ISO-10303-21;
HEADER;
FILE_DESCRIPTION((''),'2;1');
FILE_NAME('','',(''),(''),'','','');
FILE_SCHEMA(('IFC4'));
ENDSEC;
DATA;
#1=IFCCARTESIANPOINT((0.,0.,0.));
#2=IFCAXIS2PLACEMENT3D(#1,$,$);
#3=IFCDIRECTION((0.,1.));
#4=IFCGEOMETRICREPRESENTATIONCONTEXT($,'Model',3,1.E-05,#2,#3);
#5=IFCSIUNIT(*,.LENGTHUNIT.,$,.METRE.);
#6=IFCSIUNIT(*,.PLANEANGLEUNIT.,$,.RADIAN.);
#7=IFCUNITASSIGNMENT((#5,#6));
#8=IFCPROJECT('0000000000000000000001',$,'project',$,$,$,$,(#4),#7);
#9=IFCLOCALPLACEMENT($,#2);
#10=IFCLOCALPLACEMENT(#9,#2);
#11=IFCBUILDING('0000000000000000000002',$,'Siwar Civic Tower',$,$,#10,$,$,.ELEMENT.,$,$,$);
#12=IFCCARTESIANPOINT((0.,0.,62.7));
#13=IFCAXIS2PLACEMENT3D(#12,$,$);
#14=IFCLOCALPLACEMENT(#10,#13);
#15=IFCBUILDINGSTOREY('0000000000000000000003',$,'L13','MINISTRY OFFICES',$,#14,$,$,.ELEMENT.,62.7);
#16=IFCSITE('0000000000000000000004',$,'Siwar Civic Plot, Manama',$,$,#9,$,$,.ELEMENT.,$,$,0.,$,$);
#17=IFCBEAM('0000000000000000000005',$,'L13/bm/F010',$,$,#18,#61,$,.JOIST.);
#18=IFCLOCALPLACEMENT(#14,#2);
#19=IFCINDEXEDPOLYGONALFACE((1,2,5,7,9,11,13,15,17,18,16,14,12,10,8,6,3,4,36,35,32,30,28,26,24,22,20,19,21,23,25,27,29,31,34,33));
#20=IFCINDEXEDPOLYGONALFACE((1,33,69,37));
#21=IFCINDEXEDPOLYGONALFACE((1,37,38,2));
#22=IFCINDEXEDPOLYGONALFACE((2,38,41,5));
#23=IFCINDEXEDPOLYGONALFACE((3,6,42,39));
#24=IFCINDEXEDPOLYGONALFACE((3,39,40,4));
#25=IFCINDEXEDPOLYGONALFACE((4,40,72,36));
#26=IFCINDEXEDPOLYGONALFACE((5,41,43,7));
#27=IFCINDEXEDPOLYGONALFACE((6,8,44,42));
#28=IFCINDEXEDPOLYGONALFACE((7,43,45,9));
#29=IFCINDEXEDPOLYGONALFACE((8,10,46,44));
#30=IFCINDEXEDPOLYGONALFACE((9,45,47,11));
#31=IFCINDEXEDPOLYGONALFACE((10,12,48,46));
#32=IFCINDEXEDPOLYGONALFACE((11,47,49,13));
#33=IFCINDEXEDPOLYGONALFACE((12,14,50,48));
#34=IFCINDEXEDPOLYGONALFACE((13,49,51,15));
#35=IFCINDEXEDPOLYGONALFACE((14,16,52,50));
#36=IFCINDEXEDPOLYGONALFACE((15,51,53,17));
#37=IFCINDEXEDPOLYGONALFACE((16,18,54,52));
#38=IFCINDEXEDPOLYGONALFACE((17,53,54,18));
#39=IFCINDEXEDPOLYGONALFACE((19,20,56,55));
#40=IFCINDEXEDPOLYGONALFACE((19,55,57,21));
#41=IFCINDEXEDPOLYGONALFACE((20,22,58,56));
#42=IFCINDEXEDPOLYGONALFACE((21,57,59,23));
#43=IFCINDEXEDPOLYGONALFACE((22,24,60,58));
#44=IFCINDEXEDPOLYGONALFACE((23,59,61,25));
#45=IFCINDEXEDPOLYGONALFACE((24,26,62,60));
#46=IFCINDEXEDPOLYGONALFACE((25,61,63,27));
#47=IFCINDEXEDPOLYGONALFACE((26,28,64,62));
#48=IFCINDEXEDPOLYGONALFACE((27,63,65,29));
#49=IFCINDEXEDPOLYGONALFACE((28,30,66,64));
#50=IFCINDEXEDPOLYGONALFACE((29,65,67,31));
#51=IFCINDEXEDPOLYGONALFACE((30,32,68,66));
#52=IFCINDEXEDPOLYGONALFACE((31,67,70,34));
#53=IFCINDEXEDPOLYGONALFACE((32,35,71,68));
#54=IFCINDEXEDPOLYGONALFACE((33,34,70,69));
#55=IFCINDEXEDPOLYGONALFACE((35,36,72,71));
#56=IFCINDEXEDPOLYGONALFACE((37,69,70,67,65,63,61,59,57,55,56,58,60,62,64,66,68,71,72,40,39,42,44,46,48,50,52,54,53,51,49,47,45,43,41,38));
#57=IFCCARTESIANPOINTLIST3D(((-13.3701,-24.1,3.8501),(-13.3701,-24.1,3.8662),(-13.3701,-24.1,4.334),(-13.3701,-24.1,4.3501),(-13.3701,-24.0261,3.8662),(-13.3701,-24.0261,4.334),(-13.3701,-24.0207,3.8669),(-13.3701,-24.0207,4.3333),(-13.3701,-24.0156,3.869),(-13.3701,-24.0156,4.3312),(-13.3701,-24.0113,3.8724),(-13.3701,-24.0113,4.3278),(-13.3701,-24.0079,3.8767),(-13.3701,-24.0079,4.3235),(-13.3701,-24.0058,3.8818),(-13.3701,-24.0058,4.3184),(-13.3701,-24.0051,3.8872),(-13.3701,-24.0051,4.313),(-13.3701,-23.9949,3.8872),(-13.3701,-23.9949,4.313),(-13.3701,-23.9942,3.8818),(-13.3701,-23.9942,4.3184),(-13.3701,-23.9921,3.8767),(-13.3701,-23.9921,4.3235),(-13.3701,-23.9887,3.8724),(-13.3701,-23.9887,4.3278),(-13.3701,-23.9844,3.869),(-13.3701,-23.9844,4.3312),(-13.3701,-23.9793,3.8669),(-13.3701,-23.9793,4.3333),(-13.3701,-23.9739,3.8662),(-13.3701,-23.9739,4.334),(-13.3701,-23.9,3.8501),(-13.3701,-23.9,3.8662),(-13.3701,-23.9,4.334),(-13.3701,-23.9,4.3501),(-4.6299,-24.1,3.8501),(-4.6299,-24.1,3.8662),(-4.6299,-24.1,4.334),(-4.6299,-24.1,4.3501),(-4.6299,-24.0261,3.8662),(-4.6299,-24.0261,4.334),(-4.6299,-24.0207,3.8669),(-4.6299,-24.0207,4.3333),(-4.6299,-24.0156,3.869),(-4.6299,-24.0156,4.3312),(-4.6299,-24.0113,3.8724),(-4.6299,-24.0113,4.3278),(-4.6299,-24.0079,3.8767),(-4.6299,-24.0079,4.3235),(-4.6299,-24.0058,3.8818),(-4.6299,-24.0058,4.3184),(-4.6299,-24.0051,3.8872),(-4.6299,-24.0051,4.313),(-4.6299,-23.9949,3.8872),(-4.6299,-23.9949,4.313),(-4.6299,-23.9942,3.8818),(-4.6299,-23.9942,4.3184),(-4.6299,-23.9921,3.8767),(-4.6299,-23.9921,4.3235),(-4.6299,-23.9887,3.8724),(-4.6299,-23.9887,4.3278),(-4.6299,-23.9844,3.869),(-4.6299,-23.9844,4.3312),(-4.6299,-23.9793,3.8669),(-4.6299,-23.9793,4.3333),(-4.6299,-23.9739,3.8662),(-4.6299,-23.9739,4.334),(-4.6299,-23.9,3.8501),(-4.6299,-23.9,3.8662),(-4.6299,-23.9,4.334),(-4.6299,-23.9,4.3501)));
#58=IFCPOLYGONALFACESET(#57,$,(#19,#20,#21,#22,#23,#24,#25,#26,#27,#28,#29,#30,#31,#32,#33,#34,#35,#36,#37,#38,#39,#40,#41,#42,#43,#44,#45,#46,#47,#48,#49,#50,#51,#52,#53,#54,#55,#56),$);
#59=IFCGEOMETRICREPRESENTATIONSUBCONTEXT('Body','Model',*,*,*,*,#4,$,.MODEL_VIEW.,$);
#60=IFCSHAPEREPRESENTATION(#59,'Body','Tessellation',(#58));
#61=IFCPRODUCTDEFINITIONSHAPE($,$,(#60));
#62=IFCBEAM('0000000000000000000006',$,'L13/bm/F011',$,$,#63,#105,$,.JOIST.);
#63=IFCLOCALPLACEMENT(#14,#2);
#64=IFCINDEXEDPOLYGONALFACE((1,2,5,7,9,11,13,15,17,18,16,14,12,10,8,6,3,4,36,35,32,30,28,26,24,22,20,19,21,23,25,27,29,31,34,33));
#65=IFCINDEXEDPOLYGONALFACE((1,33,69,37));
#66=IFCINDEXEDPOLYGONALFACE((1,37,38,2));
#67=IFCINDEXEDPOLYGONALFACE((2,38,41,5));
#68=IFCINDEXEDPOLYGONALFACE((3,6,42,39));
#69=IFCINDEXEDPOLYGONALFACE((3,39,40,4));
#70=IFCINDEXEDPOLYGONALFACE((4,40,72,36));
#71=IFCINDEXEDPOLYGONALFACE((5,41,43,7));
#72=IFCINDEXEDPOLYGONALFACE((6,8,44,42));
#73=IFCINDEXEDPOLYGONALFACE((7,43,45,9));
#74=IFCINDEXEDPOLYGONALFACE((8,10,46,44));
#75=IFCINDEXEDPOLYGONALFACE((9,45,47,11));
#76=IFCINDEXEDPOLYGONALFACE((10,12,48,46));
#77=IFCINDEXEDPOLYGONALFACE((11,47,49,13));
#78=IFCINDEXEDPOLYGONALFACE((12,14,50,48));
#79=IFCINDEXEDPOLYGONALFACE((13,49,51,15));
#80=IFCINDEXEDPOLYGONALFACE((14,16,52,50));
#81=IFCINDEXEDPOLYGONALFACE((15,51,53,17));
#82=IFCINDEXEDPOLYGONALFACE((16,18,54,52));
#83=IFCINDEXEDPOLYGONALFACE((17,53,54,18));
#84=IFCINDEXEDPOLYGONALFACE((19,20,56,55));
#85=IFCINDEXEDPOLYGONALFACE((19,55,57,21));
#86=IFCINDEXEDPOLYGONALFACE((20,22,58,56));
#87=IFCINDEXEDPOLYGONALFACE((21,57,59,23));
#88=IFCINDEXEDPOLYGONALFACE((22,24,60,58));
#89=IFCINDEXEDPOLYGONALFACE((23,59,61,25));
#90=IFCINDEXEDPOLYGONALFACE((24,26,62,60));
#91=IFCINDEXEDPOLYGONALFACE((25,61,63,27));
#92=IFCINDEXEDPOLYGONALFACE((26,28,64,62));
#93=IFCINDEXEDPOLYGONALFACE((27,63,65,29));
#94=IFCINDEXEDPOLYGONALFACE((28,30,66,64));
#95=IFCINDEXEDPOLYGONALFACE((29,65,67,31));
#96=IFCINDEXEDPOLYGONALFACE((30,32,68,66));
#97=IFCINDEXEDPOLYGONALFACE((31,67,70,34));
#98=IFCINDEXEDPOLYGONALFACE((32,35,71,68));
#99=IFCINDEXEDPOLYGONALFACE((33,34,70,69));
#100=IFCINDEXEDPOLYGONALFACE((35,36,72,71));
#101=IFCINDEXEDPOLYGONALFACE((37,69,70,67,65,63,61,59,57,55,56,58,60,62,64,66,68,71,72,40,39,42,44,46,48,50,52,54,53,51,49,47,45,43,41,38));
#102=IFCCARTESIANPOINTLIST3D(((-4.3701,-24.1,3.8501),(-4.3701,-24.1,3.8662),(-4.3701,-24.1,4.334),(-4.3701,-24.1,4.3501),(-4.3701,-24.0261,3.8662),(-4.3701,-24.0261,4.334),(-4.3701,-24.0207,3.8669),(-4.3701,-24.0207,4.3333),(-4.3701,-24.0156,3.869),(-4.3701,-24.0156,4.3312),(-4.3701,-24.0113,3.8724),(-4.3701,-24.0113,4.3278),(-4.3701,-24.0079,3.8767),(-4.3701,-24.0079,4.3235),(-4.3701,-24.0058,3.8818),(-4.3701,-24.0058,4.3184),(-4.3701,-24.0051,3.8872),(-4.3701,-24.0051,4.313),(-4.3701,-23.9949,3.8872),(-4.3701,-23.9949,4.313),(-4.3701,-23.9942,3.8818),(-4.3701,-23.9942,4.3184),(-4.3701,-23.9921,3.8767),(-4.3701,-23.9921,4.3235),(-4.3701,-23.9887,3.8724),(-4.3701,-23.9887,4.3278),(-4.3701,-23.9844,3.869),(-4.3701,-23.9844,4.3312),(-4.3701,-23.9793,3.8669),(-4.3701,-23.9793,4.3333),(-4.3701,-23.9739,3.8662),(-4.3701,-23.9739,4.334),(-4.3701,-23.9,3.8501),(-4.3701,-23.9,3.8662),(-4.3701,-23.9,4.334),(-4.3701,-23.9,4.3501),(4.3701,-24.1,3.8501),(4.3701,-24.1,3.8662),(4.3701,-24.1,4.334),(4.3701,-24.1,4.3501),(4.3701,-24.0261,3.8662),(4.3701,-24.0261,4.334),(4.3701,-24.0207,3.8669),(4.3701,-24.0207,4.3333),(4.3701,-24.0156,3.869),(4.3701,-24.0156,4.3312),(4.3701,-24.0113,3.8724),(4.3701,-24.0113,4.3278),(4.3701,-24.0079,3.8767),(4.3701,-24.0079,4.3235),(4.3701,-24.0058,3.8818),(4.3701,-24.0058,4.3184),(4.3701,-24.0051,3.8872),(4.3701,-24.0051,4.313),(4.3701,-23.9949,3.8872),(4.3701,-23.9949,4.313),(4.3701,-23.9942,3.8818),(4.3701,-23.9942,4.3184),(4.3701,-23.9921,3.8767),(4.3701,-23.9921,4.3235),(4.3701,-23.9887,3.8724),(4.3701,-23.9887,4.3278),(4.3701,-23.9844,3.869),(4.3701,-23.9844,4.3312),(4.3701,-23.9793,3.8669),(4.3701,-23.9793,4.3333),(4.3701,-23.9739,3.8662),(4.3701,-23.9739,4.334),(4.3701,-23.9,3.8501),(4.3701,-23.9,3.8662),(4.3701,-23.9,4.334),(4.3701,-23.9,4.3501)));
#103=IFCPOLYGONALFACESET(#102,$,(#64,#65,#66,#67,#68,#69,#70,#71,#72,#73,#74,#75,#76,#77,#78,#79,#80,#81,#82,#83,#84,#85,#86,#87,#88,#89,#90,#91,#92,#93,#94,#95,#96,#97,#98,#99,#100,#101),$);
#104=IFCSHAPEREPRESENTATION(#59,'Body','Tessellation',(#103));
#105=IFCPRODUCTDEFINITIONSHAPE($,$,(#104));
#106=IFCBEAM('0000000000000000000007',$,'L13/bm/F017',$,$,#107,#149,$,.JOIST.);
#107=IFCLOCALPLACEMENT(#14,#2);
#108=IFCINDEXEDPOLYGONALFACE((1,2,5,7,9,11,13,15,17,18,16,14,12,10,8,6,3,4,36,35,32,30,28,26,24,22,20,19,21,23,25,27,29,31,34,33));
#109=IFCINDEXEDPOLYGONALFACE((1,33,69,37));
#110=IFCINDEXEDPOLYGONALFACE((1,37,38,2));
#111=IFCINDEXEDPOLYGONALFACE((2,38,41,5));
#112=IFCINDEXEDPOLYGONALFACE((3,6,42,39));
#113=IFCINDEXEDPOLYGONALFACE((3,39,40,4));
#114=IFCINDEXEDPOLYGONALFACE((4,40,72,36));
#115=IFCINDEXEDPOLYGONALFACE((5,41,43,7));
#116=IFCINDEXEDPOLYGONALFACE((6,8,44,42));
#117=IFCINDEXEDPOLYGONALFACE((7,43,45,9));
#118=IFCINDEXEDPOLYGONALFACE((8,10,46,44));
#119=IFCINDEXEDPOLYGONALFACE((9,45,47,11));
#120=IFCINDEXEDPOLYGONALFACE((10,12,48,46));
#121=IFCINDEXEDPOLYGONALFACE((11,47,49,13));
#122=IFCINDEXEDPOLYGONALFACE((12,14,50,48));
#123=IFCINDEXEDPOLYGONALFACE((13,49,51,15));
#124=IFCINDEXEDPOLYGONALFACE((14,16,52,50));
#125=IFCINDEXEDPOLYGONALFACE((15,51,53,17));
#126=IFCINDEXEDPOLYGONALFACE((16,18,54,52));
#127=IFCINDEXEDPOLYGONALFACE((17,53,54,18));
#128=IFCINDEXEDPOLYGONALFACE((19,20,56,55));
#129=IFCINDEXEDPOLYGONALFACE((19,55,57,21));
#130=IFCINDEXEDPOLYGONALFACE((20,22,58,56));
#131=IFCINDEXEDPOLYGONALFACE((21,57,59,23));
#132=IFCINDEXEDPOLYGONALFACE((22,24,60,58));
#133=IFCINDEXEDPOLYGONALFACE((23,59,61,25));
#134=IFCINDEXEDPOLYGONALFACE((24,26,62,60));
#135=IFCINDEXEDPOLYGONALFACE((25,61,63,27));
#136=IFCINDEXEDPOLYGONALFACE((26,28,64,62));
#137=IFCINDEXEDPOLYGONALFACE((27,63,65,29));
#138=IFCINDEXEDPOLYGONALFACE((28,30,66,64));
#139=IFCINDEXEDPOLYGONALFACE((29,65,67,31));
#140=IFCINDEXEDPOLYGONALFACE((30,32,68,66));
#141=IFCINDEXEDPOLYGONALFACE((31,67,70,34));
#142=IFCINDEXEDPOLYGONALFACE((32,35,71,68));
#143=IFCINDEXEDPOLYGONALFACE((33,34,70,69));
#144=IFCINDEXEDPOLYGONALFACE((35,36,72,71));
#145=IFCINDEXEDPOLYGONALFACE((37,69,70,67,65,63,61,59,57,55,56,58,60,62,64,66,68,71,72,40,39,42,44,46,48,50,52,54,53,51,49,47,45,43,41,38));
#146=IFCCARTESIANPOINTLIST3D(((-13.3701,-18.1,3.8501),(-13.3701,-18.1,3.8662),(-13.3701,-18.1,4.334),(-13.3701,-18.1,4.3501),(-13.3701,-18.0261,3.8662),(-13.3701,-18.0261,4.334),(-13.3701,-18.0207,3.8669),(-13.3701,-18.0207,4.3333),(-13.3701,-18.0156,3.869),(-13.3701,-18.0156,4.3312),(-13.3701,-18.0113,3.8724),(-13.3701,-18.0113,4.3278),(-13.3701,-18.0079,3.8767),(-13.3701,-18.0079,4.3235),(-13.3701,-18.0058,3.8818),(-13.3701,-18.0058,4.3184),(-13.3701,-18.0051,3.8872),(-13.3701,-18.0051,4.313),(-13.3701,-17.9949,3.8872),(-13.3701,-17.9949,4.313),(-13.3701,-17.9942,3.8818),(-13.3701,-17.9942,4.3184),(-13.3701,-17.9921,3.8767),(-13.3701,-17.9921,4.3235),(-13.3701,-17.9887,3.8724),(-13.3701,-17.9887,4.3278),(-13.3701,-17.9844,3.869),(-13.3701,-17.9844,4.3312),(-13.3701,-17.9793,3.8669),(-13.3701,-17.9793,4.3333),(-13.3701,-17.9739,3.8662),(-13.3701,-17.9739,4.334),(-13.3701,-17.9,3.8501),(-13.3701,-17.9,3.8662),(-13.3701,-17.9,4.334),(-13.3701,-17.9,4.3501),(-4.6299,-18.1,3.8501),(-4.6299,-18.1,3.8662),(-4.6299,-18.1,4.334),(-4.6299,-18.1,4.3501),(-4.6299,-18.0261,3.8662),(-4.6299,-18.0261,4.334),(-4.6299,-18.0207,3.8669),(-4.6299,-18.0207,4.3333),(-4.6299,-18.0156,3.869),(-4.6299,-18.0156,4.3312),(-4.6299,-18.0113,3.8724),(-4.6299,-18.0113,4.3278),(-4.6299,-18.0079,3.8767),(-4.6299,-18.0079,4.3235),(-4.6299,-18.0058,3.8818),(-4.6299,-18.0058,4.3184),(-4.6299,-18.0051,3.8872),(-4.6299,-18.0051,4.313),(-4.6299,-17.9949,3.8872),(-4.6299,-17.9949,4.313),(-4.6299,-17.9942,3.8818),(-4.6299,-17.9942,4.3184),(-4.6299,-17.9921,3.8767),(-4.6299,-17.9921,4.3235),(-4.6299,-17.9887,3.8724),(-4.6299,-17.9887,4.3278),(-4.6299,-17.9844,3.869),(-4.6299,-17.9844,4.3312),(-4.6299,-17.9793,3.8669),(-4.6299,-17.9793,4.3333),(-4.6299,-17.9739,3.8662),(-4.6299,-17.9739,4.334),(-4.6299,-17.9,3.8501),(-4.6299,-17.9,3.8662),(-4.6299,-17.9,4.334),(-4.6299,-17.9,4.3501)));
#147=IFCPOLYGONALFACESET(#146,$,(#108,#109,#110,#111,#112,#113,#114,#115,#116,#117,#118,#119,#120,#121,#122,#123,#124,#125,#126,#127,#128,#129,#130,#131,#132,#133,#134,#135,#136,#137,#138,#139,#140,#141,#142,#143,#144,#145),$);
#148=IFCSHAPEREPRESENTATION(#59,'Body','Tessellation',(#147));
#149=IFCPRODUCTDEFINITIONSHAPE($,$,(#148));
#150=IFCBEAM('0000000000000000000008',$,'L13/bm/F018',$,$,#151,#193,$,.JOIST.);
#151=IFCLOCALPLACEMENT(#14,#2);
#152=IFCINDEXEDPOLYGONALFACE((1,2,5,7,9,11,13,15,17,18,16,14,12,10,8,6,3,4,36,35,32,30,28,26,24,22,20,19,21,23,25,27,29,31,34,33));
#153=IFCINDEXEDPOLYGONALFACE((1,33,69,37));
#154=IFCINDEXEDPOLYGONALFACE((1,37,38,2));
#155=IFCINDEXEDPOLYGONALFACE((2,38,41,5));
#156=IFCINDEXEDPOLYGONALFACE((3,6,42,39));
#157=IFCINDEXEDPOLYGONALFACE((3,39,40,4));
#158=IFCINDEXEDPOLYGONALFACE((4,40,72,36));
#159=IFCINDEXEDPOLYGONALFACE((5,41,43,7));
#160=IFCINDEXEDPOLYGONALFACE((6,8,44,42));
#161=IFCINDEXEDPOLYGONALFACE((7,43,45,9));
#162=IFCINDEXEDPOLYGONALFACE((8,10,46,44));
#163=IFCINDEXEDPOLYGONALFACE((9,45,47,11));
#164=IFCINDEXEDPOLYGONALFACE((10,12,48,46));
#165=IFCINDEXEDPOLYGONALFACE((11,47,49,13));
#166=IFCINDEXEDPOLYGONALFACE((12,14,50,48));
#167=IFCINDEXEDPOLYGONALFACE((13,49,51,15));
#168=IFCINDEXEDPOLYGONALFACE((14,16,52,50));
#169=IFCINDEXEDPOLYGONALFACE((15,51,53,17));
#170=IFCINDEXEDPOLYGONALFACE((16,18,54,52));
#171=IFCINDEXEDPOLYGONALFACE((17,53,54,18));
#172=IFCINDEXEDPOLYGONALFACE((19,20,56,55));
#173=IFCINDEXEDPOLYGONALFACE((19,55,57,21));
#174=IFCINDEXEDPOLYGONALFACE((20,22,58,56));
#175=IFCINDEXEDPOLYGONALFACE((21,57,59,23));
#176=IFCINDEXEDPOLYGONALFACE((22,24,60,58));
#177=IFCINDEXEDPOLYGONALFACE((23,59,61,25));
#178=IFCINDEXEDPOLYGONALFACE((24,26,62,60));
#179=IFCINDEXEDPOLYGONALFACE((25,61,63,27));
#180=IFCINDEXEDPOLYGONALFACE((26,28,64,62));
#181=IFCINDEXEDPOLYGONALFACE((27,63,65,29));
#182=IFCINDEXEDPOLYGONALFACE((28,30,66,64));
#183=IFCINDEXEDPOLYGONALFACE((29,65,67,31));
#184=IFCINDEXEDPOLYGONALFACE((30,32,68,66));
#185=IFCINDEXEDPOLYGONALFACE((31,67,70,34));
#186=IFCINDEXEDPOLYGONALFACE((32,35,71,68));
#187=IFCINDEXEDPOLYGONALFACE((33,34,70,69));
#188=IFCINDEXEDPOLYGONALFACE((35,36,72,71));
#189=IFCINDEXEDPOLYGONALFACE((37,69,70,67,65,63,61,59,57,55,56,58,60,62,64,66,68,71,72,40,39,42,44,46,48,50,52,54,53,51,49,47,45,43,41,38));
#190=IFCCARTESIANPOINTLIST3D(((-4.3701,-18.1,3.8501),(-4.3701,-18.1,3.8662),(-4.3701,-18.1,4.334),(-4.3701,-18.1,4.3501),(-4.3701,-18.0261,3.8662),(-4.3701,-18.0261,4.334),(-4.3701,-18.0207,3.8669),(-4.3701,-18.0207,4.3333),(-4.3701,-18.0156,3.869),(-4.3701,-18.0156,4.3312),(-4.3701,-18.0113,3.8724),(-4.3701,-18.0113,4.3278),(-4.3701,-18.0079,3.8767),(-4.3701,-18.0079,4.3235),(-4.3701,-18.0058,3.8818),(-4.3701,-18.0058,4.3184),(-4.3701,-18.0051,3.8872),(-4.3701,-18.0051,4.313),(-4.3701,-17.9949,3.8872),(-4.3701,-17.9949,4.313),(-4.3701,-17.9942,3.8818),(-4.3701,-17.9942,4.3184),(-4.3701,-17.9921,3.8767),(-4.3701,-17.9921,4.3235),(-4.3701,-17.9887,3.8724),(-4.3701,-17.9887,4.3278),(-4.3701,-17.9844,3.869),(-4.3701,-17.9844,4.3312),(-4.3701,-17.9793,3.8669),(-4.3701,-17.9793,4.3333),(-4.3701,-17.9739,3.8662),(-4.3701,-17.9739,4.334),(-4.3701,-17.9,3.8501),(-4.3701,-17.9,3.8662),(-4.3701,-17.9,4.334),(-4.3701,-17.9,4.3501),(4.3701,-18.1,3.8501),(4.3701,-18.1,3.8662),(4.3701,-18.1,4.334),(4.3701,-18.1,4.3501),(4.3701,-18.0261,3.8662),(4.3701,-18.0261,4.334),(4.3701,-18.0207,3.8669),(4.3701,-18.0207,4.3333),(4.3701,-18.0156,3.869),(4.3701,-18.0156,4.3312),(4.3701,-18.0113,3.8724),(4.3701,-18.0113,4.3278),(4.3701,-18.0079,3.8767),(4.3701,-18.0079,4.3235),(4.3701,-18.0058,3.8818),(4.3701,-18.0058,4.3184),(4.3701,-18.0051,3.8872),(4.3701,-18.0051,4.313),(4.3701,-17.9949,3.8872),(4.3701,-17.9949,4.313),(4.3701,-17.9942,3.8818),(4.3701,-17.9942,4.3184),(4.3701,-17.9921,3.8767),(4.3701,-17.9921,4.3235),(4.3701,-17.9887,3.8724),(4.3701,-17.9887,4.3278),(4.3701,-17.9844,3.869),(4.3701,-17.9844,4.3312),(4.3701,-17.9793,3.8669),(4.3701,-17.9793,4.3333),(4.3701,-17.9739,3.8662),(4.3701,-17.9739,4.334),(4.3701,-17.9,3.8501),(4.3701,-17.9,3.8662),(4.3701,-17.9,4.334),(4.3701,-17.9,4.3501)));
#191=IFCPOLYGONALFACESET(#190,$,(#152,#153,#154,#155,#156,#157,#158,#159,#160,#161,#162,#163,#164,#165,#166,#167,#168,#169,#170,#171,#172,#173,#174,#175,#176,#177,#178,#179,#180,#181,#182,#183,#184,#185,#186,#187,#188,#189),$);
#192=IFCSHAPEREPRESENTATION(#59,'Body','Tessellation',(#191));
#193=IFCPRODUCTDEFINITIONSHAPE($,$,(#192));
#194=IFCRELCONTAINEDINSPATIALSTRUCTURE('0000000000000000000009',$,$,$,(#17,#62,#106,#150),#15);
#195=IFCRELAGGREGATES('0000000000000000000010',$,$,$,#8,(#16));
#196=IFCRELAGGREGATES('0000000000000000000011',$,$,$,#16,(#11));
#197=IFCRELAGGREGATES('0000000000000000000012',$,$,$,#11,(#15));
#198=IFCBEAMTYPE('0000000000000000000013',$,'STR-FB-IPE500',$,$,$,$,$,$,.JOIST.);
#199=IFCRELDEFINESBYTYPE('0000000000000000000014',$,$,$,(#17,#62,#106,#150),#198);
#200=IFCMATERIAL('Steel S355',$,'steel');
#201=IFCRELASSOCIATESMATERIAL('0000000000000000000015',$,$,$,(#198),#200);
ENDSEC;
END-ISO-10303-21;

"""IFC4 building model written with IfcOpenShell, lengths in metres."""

from ifc_helpers import new_model, si_unit, direction, frame, origin, origin_2d, place, context, subcontext, project, spatial, i_section, extrude, material, material_profile, profile_set, type_object, element, save


model = new_model("IFC4")

# Units and contexts
model_context = context("Model", 3, precision=1e-05, world=origin(), true_north=direction((0.0, 1.0)))
body_context = subcontext(model_context, "Body", "Model", "MODEL_VIEW")
ifc_project = project(units=[si_unit("LENGTHUNIT", "METRE"), si_unit("PLANEANGLEUNIT", "RADIAN")], contexts=[model_context])

# Site, building, storey
site_placement = place(None, origin())
site = spatial("IfcSite", under=ifc_project, at=site_placement, Name="Siwar Civic Plot, Manama", CompositionType="ELEMENT", RefElevation=0.0)
building_placement = place(site_placement, origin())
building = spatial("IfcBuilding", under=site, at=building_placement, Name="Siwar Civic Tower", CompositionType="ELEMENT")
storey_placement = place(building_placement, frame((0.0, 0.0, 62.7)))
storey = spatial("IfcBuildingStorey", under=building, at=storey_placement, Name="L13", Description="MINISTRY OFFICES", CompositionType="ELEMENT", Elevation=62.7)

# Beams
ifc_material_1 = material(Name="Steel S355", Category="steel")
ifc_material_profile_1 = material_profile(ifc_material_1, i_section(OverallWidth=0.2, OverallDepth=0.5, WebThickness=0.0103, FlangeThickness=0.0161, FilletRadius=0.021, at=origin_2d()), Name="IPE500")
ifc_profile_set_1 = profile_set([ifc_material_profile_1], Name="Steel S355")
beam_type_1 = type_object("IfcBeamType", Name="STR-FB-IPE500", PredefinedType="JOIST", material=ifc_profile_set_1)
for number, where, z_axis, x_axis, name in (
    (1, (-13.3701, -24.0, 4.1001), (1.0, 0.0, 0.0), (0.0, 1.0, 0.0), "L13/bm/F010"),
    (2, (-4.3701, -24.0, 4.1001), (1.0, 0.0, 0.0), (0.0, 1.0, 0.0), "L13/bm/F011"),
    (3, (-13.3701, -18.0, 4.1001), (1.0, 0.0, 0.0), (0.0, 1.0, 0.0), "L13/bm/F017"),
    (4, (-4.3701, -18.0, 4.1001), (1.0, 0.0, 0.0), (0.0, 1.0, 0.0), "L13/bm/F018"),
):
    element("IfcBeam", number, at=place(storey_placement, frame(where, z_axis=z_axis, x_axis=x_axis)), inside=storey, type_object=beam_type_1, Name=name, PredefinedType="JOIST", context=body_context, shape_type="SweptSolid", body=[
        extrude(i_section(OverallWidth=0.2, OverallDepth=0.5, WebThickness=0.0103, FlangeThickness=0.0161, FilletRadius=0.021, at=origin_2d()), origin(), (0.0, 0.0, 1.0), 8.7402),
    ])

save(model, "model.ifc")
